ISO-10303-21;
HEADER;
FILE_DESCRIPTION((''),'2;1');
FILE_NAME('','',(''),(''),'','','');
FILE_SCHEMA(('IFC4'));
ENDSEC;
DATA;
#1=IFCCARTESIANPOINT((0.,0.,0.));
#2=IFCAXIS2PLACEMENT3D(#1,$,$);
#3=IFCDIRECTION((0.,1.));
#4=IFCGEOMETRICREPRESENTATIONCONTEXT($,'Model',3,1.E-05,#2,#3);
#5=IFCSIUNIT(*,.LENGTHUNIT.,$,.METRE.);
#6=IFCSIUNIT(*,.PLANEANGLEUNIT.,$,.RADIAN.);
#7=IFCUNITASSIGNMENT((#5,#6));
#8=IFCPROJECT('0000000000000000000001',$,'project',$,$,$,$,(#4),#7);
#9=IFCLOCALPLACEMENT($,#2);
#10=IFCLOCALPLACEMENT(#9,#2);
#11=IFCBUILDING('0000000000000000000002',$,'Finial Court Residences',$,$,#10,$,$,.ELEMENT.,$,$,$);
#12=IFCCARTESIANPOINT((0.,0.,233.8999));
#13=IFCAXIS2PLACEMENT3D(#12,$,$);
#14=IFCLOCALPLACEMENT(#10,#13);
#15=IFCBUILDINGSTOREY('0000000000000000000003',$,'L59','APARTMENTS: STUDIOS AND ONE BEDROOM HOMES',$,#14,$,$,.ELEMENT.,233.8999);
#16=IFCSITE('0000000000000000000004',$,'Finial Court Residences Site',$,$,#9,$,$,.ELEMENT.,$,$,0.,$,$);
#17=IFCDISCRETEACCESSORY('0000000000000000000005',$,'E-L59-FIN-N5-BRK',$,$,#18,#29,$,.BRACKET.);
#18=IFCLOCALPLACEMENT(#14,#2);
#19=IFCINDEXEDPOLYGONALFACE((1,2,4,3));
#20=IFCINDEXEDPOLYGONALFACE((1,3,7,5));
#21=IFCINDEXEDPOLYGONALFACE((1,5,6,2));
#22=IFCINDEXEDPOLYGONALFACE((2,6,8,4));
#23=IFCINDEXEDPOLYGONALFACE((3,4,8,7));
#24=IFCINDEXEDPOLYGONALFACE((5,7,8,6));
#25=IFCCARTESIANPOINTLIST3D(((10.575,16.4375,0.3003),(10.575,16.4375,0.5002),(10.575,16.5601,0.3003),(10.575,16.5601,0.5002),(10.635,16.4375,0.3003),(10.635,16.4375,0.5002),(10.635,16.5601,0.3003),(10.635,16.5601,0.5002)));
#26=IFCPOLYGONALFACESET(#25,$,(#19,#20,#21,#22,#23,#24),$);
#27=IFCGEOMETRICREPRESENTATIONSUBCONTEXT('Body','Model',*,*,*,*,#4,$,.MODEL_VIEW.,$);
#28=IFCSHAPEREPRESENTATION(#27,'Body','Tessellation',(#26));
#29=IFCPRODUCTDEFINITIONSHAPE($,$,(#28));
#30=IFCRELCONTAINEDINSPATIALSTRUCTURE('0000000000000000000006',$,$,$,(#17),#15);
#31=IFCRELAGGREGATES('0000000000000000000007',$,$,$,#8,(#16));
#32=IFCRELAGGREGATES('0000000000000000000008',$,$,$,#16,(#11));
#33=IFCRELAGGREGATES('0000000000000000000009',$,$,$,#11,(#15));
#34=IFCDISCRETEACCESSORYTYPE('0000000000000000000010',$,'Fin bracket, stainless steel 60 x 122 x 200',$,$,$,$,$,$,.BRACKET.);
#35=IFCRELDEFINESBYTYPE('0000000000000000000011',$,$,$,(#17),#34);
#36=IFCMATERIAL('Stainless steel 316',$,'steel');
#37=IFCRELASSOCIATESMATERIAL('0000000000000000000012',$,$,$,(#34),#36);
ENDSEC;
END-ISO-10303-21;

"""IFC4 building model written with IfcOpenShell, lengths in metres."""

from ifc_helpers import new_model, si_unit, direction, frame, origin, origin_2d, place, context, subcontext, project, spatial, rectangle, extrude, material, type_object, element, save


model = new_model("IFC4")

# Units and contexts
model_context = context("Model", 3, precision=1e-05, world=origin(), true_north=direction((0.0, 1.0)))
body_context = subcontext(model_context, "Body", "Model", "MODEL_VIEW")
ifc_project = project(units=[si_unit("LENGTHUNIT", "METRE"), si_unit("PLANEANGLEUNIT", "RADIAN")], contexts=[model_context])

# Site, building, storey
site_placement = place(None, origin())
site = spatial("IfcSite", under=ifc_project, at=site_placement, Name="Finial Court Residences Site", CompositionType="ELEMENT", RefElevation=0.0)
building_placement = place(site_placement, origin())
building = spatial("IfcBuilding", under=site, at=building_placement, Name="Finial Court Residences", CompositionType="ELEMENT")
storey_placement = place(building_placement, frame((0.0, 0.0, 233.8999)))
storey = spatial("IfcBuildingStorey", under=building, at=storey_placement, Name="L59", Description="APARTMENTS: STUDIOS AND ONE BEDROOM HOMES", CompositionType="ELEMENT", Elevation=233.8999)

# Discrete accessory
ifc_material_1 = material(Name="Stainless steel 316", Category="steel")
discrete_accessory_type = type_object("IfcDiscreteAccessoryType", Name="Fin bracket, stainless steel 60 x 122 x 200", PredefinedType="BRACKET", material=ifc_material_1)
discrete_accessory_placement = place(storey_placement, frame((10.605, 16.4988, 0.3003), z_axis=(0.0, 0.0, 1.0), x_axis=(1.0, 0.0, 0.0)))
element("IfcDiscreteAccessory", 1, at=discrete_accessory_placement, inside=storey, type_object=discrete_accessory_type, Name="E-L59-FIN-N5-BRK", PredefinedType="BRACKET", context=body_context, shape_type="SweptSolid", body=[
    extrude(rectangle(XDim=0.0601, YDim=0.1226, at=origin_2d()), origin(), (0.0, 0.0, 1.0), 0.2),
])

save(model, "model.ifc")
